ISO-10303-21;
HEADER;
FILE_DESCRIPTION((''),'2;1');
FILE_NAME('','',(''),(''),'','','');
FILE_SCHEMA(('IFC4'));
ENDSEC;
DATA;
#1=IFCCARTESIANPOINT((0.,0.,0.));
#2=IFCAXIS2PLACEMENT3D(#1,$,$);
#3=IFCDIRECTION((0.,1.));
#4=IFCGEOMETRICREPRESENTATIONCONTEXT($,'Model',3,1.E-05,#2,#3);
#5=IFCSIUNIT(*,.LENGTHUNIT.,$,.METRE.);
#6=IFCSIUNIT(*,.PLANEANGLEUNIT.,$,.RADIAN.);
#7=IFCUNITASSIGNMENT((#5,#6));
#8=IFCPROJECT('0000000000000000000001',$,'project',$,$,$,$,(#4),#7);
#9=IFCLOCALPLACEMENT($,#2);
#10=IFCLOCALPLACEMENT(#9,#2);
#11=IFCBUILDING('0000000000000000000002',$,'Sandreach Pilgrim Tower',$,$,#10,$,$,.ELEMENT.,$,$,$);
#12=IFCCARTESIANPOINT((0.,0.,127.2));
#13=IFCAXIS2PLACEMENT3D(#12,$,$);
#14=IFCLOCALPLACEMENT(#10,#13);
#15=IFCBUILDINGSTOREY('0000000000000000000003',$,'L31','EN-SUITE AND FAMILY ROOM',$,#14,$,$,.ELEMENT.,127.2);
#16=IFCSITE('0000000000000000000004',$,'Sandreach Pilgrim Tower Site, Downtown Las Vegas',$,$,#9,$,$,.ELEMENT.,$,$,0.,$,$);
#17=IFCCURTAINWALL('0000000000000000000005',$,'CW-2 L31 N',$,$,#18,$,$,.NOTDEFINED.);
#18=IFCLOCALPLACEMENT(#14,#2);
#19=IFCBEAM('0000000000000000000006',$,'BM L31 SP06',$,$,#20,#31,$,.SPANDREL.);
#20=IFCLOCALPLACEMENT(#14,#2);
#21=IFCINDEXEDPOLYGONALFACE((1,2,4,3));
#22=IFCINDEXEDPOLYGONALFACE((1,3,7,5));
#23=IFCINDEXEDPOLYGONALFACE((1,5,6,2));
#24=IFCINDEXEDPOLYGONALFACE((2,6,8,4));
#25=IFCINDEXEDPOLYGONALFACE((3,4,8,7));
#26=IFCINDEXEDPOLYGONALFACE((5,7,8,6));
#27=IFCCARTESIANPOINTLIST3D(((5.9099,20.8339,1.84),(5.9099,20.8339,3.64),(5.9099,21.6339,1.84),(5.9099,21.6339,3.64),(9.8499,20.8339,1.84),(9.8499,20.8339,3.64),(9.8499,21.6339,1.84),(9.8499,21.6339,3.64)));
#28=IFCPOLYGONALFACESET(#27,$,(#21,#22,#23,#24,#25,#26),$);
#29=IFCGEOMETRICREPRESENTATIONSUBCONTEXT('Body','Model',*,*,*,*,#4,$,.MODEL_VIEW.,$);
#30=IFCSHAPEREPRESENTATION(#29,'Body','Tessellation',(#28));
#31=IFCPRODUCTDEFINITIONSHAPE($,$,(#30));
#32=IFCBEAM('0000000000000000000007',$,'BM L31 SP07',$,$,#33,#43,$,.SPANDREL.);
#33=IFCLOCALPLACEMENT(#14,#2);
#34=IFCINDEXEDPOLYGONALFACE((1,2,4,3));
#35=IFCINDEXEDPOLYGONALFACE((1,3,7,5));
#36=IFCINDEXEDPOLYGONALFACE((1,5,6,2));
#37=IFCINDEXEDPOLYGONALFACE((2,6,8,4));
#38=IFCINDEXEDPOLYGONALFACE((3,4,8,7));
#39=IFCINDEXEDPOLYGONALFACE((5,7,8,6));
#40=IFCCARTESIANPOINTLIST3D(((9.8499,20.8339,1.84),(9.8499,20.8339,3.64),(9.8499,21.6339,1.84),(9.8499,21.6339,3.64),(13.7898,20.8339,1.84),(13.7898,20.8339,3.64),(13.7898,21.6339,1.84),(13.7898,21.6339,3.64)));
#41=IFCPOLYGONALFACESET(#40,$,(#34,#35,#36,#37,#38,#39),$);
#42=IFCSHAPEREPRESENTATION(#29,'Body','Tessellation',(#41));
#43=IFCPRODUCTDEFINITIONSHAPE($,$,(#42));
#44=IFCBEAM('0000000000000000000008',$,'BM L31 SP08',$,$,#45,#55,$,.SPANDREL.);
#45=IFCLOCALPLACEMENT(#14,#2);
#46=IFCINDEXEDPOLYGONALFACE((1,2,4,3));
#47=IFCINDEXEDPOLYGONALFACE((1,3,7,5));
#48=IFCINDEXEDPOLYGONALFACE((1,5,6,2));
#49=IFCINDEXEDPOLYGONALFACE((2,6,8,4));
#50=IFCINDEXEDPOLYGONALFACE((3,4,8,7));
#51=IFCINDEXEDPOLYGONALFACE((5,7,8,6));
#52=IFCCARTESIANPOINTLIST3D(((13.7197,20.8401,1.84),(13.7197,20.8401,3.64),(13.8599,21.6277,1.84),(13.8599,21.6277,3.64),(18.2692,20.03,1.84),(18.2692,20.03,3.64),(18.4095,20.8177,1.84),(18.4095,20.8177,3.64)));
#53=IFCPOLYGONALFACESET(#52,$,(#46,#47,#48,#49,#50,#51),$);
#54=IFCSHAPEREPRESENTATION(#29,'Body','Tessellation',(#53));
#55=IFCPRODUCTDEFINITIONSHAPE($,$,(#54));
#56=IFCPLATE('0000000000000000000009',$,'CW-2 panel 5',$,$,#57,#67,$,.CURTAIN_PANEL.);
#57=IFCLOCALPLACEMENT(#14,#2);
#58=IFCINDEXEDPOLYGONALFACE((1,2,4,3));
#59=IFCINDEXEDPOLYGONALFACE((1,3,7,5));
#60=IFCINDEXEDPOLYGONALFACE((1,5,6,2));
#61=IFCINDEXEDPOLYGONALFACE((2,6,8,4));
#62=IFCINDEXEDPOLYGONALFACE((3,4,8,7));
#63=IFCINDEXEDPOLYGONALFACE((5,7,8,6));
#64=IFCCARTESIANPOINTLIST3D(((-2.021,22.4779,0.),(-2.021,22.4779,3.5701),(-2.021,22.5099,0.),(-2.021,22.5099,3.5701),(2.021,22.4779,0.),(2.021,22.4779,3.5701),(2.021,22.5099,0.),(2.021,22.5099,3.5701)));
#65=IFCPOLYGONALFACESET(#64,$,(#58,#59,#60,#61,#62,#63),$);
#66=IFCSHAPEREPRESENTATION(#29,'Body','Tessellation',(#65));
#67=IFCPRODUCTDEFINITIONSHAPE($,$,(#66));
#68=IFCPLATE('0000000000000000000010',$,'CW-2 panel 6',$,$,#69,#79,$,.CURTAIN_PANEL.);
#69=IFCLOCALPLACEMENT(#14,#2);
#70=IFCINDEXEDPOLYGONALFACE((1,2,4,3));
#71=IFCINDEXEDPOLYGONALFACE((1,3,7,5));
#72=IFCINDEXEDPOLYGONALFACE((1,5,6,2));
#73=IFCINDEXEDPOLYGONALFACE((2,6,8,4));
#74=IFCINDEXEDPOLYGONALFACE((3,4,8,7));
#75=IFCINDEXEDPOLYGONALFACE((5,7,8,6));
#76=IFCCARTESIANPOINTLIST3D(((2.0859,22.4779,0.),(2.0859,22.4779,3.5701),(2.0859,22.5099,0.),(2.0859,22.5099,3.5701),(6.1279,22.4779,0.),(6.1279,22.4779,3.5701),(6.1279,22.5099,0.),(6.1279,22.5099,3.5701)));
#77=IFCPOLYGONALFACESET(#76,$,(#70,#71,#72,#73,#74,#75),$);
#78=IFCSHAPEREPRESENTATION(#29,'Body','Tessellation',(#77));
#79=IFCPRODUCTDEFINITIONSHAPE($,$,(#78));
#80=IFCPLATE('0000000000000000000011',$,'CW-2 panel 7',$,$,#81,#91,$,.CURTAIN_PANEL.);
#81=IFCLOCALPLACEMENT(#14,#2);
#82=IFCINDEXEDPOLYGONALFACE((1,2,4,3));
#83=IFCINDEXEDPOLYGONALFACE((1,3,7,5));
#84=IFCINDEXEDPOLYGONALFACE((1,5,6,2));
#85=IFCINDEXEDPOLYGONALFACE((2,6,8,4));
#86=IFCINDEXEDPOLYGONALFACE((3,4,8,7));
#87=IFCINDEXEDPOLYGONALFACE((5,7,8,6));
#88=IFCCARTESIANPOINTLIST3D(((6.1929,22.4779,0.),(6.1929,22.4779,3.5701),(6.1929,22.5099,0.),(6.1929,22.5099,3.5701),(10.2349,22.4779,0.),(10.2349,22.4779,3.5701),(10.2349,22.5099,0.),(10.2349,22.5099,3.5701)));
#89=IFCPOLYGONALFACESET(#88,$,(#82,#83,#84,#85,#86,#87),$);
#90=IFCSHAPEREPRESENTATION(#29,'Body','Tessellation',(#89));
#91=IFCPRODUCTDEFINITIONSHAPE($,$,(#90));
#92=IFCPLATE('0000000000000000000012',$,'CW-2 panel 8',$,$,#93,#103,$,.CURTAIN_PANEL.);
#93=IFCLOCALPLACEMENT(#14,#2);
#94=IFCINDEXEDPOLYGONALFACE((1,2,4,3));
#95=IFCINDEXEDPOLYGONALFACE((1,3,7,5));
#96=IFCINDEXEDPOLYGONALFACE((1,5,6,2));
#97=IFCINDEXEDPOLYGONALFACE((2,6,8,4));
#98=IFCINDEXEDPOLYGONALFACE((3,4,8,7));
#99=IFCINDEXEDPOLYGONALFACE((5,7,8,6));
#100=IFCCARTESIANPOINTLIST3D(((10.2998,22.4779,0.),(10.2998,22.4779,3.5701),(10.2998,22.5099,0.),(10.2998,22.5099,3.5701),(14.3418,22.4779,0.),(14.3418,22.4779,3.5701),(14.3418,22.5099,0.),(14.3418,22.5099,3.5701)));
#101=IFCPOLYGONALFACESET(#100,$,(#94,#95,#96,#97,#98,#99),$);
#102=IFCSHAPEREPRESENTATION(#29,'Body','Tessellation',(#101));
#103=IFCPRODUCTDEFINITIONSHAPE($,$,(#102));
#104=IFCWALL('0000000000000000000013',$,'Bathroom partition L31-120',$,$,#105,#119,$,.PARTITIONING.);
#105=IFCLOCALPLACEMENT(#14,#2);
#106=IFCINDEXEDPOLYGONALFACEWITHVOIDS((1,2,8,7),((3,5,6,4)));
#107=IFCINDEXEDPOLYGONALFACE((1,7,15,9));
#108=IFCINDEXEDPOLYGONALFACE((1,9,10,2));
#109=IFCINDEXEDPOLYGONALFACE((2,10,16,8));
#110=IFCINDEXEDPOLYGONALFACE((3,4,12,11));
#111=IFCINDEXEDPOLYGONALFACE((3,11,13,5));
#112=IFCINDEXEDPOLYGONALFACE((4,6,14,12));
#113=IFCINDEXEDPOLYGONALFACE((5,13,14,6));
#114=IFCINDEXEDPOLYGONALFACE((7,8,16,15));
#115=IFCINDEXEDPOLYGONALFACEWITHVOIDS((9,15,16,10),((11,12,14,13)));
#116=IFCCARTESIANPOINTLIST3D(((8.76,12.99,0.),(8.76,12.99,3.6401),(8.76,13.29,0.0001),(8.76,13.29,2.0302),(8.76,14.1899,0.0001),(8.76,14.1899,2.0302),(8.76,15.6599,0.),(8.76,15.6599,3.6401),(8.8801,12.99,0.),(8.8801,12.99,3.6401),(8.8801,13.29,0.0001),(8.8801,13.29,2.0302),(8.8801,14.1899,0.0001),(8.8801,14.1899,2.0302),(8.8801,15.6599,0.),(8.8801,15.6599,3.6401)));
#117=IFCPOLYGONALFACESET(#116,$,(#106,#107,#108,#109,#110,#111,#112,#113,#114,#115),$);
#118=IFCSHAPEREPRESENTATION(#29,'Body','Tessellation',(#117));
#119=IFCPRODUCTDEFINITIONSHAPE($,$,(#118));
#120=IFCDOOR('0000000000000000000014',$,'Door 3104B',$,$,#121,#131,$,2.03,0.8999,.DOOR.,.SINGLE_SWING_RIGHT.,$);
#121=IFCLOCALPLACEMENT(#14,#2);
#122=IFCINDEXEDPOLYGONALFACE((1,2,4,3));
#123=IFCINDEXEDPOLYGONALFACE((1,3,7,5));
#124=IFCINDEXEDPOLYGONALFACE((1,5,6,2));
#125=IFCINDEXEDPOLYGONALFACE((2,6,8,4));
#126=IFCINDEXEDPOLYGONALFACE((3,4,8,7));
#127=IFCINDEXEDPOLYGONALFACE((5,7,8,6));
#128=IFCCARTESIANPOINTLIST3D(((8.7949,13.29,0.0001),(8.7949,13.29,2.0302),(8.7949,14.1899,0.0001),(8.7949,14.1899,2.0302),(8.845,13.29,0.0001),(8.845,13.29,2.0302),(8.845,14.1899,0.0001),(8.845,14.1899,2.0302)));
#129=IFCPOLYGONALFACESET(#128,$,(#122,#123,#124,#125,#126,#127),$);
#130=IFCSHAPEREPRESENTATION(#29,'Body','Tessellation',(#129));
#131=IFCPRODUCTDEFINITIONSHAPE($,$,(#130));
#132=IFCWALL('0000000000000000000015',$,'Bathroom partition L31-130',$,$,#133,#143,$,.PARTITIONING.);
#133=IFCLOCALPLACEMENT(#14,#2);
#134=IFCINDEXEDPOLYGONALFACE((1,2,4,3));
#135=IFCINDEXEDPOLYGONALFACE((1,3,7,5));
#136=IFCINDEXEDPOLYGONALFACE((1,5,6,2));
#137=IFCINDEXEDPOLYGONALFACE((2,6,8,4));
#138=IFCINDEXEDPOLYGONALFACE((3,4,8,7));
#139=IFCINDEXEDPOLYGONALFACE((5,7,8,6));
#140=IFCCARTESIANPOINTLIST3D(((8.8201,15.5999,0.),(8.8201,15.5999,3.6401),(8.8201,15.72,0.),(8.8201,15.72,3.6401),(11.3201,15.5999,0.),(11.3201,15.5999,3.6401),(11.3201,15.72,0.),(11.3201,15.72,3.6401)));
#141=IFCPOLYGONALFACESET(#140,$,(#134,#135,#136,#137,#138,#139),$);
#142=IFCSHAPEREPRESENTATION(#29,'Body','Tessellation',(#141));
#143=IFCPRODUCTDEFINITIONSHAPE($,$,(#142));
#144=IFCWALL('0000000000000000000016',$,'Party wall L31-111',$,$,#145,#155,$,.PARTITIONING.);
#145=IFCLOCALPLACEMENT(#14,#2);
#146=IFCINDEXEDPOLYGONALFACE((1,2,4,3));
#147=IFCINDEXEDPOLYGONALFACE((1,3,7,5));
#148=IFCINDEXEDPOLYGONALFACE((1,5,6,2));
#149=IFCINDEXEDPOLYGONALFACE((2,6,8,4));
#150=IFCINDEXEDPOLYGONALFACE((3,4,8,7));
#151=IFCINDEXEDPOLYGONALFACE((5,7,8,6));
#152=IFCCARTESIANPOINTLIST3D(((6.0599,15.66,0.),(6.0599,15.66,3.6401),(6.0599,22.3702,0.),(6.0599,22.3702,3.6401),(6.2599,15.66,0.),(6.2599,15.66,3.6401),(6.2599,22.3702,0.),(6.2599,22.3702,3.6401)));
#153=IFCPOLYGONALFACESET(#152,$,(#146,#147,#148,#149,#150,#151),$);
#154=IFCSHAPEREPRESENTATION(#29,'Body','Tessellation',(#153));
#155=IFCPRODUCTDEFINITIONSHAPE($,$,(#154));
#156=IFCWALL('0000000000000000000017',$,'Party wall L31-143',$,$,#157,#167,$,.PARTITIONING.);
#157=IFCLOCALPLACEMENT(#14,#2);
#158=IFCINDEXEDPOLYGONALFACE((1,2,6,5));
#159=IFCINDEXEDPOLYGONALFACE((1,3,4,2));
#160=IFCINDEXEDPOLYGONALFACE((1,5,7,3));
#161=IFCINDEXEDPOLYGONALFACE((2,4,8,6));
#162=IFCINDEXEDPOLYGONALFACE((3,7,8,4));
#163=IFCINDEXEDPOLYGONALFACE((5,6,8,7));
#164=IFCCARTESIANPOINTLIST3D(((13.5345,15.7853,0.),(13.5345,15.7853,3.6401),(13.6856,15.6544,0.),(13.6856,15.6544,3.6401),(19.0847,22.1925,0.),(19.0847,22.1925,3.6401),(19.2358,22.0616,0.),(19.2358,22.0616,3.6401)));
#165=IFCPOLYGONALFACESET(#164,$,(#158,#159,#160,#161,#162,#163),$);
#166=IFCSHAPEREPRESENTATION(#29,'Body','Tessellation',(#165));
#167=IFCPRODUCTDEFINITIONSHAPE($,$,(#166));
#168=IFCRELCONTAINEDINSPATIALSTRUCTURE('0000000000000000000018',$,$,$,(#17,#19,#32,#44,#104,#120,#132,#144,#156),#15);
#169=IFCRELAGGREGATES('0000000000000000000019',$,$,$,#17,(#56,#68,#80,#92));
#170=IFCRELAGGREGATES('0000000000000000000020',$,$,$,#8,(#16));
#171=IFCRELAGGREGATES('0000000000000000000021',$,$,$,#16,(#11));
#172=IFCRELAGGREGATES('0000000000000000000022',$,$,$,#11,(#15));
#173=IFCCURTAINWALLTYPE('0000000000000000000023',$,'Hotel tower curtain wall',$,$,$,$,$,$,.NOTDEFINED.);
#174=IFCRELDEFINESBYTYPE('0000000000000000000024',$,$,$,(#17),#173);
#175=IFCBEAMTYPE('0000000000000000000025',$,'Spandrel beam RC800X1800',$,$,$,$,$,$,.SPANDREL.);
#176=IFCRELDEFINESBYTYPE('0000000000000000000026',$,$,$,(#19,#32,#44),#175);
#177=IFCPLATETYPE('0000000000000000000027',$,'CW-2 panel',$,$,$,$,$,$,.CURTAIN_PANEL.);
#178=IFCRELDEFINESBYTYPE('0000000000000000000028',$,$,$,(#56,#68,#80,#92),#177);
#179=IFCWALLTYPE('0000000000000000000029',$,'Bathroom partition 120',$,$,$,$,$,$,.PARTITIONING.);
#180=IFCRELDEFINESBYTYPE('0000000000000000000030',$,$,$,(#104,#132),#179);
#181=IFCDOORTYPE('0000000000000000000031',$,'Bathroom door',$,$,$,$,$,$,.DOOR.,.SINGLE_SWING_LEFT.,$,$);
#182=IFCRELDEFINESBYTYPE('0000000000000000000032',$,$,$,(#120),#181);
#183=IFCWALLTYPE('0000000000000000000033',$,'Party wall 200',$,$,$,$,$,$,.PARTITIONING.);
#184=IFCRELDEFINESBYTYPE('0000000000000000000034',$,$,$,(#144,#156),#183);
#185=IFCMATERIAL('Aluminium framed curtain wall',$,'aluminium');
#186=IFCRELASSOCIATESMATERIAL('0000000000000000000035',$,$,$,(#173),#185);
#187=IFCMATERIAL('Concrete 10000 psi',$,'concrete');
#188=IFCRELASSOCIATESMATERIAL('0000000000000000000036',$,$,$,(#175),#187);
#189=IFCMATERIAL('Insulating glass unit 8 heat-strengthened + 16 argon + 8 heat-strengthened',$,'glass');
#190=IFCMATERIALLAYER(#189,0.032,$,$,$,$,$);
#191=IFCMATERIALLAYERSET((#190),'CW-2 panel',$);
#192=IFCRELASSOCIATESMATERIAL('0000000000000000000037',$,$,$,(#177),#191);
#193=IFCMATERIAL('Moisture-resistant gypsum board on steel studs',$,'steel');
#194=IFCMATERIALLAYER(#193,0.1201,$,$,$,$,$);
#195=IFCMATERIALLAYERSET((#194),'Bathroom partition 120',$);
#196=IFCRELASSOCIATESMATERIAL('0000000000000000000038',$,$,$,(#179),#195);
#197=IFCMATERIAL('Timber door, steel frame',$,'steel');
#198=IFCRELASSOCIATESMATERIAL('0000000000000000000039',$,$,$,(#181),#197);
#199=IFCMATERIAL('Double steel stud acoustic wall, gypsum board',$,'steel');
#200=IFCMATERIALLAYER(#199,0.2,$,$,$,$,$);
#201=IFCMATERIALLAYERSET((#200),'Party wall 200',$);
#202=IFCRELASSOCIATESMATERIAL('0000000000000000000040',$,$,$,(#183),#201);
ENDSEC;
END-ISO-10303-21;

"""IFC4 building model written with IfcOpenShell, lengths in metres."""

from ifc_helpers import new_model, si_unit, direction, frame, frame_2d, origin, origin_2d, place, context, subcontext, project, spatial, rectangle, extrude, material, layer, layer_set, material_profile, profile_set, type_object, element, fill, aggregate, save


model = new_model("IFC4")

# Units and contexts
model_context = context("Model", 3, precision=1e-05, world=origin(), true_north=direction((0.0, 1.0)))
body_context = subcontext(model_context, "Body", "Model", "MODEL_VIEW")
ifc_project = project(units=[si_unit("LENGTHUNIT", "METRE"), si_unit("PLANEANGLEUNIT", "RADIAN")], contexts=[model_context])

# Site, building, storey
site_placement = place(None, origin())
site = spatial("IfcSite", under=ifc_project, at=site_placement, Name="Sandreach Pilgrim Tower Site, Downtown Las Vegas", CompositionType="ELEMENT", RefElevation=0.0)
building_placement = place(site_placement, origin())
building = spatial("IfcBuilding", under=site, at=building_placement, Name="Sandreach Pilgrim Tower", CompositionType="ELEMENT")
storey_placement = place(building_placement, frame((0.0, 0.0, 127.2)))
storey = spatial("IfcBuildingStorey", under=building, at=storey_placement, Name="L31", Description="EN-SUITE AND FAMILY ROOM", CompositionType="ELEMENT", Elevation=127.2)

# Curtain wall
ifc_material_1 = material(Name="Aluminium framed curtain wall", Category="aluminium")
curtain_wall_type = type_object("IfcCurtainWallType", Name="Hotel tower curtain wall", PredefinedType="NOTDEFINED", material=ifc_material_1)
curtain_wall_placement = place(storey_placement, origin())
curtain_wall = element("IfcCurtainWall", 1, at=curtain_wall_placement, inside=storey, type_object=curtain_wall_type, Name="CW-2 L31 N", PredefinedType="NOTDEFINED")

# Beams
ifc_material_2 = material(Name="Concrete 10000 psi", Category="concrete")
ifc_material_profile_1 = material_profile(ifc_material_2, rectangle(XDim=0.8, YDim=1.8, at=origin_2d()), Name="RC800X1800")
ifc_profile_set_1 = profile_set([ifc_material_profile_1], Name="Concrete 10000 psi")
beam_type_1 = type_object("IfcBeamType", Name="Spandrel beam RC800X1800", PredefinedType="SPANDREL", material=ifc_profile_set_1)
for number, where, z_axis, x_axis, name in (
    (2, (5.9099, 21.2339, 2.74), (1.0, 0.0, 0.0), (0.0, 1.0, 0.0), "BM L31 SP06"),
    (3, (9.8499, 21.2339, 2.74), (1.0, 0.0, 0.0), (0.0, 1.0, 0.0), "BM L31 SP07"),
):
    element("IfcBeam", number, at=place(storey_placement, frame(where, z_axis=z_axis, x_axis=x_axis)), inside=storey, type_object=beam_type_1, Name=name, PredefinedType="SPANDREL", context=body_context, shape_type="SweptSolid", body=[
        extrude(rectangle(XDim=0.8, YDim=1.8, at=origin_2d()), origin(), (0.0, 0.0, 1.0), 3.9399),
    ])
beam_1_placement = place(storey_placement, frame((13.7898, 21.2339, 2.74), z_axis=(0.984516, -0.175295, 0.0), x_axis=(0.175295, 0.984516, 0.0)))
element("IfcBeam", 4, at=beam_1_placement, inside=storey, type_object=beam_type_1, Name="BM L31 SP08", PredefinedType="SPANDREL", context=body_context, shape_type="SweptSolid", body=[
    extrude(rectangle(XDim=0.8, YDim=1.8, at=origin_2d()), origin(), (0.0, 0.0, 1.0), 4.6211),
])

# Plates
ifc_material_3 = material(Name="Insulating glass unit 8 heat-strengthened + 16 argon + 8 heat-strengthened", Category="glass")
ifc_layer_1 = layer(ifc_material_3, 0.032)
ifc_layer_set_1 = layer_set([ifc_layer_1], Name="CW-2 panel")
plate_type = type_object("IfcPlateType", Name="CW-2 panel", PredefinedType="CURTAIN_PANEL", material=ifc_layer_set_1)
plate_1_placement = place(storey_placement, frame((0.0, 22.4939, 0.0), z_axis=(0.0, 0.0, 1.0), x_axis=(1.0, 0.0, 0.0)))
plate_1 = element("IfcPlate", 5, at=plate_1_placement, type_object=plate_type, Name="CW-2 panel 5", PredefinedType="CURTAIN_PANEL", context=body_context, shape_type="SweptSolid", body=[
    extrude(rectangle(XDim=4.042, YDim=0.032, at=origin_2d()), origin(), (0.0, 0.0, 1.0), 3.5701),
])
plate_2_placement = place(storey_placement, frame((4.1069, 22.4939, 0.0), z_axis=(0.0, 0.0, 1.0), x_axis=(1.0, 0.0, 0.0)))
plate_2 = element("IfcPlate", 6, at=plate_2_placement, type_object=plate_type, Name="CW-2 panel 6", PredefinedType="CURTAIN_PANEL", context=body_context, shape_type="SweptSolid", body=[
    extrude(rectangle(XDim=4.042, YDim=0.032, at=origin_2d()), origin(), (0.0, 0.0, 1.0), 3.5701),
])
plate_3_placement = place(storey_placement, frame((8.2139, 22.4939, 0.0), z_axis=(0.0, 0.0, 1.0), x_axis=(1.0, 0.0, 0.0)))
plate_3 = element("IfcPlate", 7, at=plate_3_placement, type_object=plate_type, Name="CW-2 panel 7", PredefinedType="CURTAIN_PANEL", context=body_context, shape_type="SweptSolid", body=[
    extrude(rectangle(XDim=4.042, YDim=0.032, at=origin_2d()), origin(), (0.0, 0.0, 1.0), 3.5701),
])
plate_4_placement = place(storey_placement, frame((12.3208, 22.4939, 0.0), z_axis=(0.0, 0.0, 1.0), x_axis=(1.0, 0.0, 0.0)))
plate_4 = element("IfcPlate", 8, at=plate_4_placement, type_object=plate_type, Name="CW-2 panel 8", PredefinedType="CURTAIN_PANEL", context=body_context, shape_type="SweptSolid", body=[
    extrude(rectangle(XDim=4.042, YDim=0.032, at=origin_2d()), origin(), (0.0, 0.0, 1.0), 3.5701),
])
aggregate(curtain_wall, [plate_1, plate_2, plate_3, plate_4])

# Wall, opening, door
ifc_material_4 = material(Name="Moisture-resistant gypsum board on steel studs", Category="steel")
ifc_layer_2 = layer(ifc_material_4, 0.1201)
ifc_layer_set_2 = layer_set([ifc_layer_2], Name="Bathroom partition 120")
wall_type_1 = type_object("IfcWallType", Name="Bathroom partition 120", PredefinedType="PARTITIONING", material=ifc_layer_set_2)
wall_1_placement = place(storey_placement, frame((8.8201, 15.6599, 0.0), z_axis=(0.0, 0.0, 1.0), x_axis=(0.0, -1.0, 0.0)))
wall_1 = element("IfcWall", 9, at=wall_1_placement, inside=storey, type_object=wall_type_1, Name="Bathroom partition L31-120", PredefinedType="PARTITIONING", context=body_context, shape_type="SweptSolid", body=[
    extrude(rectangle(XDim=2.6699, YDim=0.1201, at=frame_2d((1.335, 0.0))), origin(), (0.0, 0.0, 1.0), 3.6401),
])
opening_placement = place(wall_1_placement, frame((1.47, 0.0, 0.0)))
opening = element("IfcOpeningElement", 10, at=opening_placement, cuts=wall_1, PredefinedType="OPENING", context=body_context, shape_type="SweptSolid", body=[
    extrude(rectangle(XDim=0.8999, YDim=2.03, at=frame_2d((0.45, 1.0151))), frame((0.0, 0.0601, 0.0), z_axis=(0.0, -1.0, 0.0), x_axis=(1.0, 0.0, 0.0)), (0.0, 0.0, 1.0), 0.1201),
])
ifc_material_5 = material(Name="Timber door, steel frame", Category="steel")
door_type = type_object("IfcDoorType", Name="Bathroom door", OperationType="SINGLE_SWING_LEFT", PredefinedType="DOOR", material=ifc_material_5)
door_placement = place(opening_placement, origin())
door = element("IfcDoor", 11, at=door_placement, inside=storey, type_object=door_type, Name="Door 3104B", OperationType="SINGLE_SWING_RIGHT", OverallHeight=2.03, OverallWidth=0.8999, PredefinedType="DOOR", context=body_context, shape_type="SweptSolid", body=[
    extrude(rectangle(XDim=0.8999, YDim=2.03, at=frame_2d((0.45, 1.0151))), frame((0.0, 0.0249, 0.0), z_axis=(0.0, -1.0, 0.0), x_axis=(1.0, 0.0, 0.0)), (0.0, 0.0, 1.0), 0.05),
])
fill(opening, door)

# Walls
wall_2_placement = place(storey_placement, frame((11.3201, 15.6599, 0.0), z_axis=(0.0, 0.0, 1.0), x_axis=(-1.0, 0.0, 0.0)))
element("IfcWall", 12, at=wall_2_placement, inside=storey, type_object=wall_type_1, Name="Bathroom partition L31-130", PredefinedType="PARTITIONING", context=body_context, shape_type="SweptSolid", body=[
    extrude(rectangle(XDim=2.5, YDim=0.1201, at=frame_2d((1.25, 0.0))), origin(), (0.0, 0.0, 1.0), 3.6401),
])
ifc_material_6 = material(Name="Double steel stud acoustic wall, gypsum board", Category="steel")
ifc_layer_3 = layer(ifc_material_6, 0.2)
ifc_layer_set_3 = layer_set([ifc_layer_3], Name="Party wall 200")
wall_type_2 = type_object("IfcWallType", Name="Party wall 200", PredefinedType="PARTITIONING", material=ifc_layer_set_3)
wall_3_placement = place(storey_placement, frame((6.1599, 22.3701, 0.0), z_axis=(0.0, 0.0, 1.0), x_axis=(0.0, -1.0, 0.0)))
element("IfcWall", 13, at=wall_3_placement, inside=storey, type_object=wall_type_2, Name="Party wall L31-111", PredefinedType="PARTITIONING", context=body_context, shape_type="SweptSolid", body=[
    extrude(rectangle(XDim=6.7102, YDim=0.2, at=frame_2d((3.355, 0.0))), origin(), (0.0, 0.0, 1.0), 3.6401),
])
wall_4_placement = place(storey_placement, frame((13.6101, 15.72, 0.0), z_axis=(0.0, 0.0, 1.0), x_axis=(0.654753, 0.755843, 0.0)))
element("IfcWall", 14, at=wall_4_placement, inside=storey, type_object=wall_type_2, Name="Party wall L31-143", PredefinedType="PARTITIONING", context=body_context, shape_type="SweptSolid", body=[
    extrude(rectangle(XDim=8.4768, YDim=0.2, at=frame_2d((4.2383, 0.0))), origin(), (0.0, 0.0, 1.0), 3.6401),
])

save(model, "model.ifc")
